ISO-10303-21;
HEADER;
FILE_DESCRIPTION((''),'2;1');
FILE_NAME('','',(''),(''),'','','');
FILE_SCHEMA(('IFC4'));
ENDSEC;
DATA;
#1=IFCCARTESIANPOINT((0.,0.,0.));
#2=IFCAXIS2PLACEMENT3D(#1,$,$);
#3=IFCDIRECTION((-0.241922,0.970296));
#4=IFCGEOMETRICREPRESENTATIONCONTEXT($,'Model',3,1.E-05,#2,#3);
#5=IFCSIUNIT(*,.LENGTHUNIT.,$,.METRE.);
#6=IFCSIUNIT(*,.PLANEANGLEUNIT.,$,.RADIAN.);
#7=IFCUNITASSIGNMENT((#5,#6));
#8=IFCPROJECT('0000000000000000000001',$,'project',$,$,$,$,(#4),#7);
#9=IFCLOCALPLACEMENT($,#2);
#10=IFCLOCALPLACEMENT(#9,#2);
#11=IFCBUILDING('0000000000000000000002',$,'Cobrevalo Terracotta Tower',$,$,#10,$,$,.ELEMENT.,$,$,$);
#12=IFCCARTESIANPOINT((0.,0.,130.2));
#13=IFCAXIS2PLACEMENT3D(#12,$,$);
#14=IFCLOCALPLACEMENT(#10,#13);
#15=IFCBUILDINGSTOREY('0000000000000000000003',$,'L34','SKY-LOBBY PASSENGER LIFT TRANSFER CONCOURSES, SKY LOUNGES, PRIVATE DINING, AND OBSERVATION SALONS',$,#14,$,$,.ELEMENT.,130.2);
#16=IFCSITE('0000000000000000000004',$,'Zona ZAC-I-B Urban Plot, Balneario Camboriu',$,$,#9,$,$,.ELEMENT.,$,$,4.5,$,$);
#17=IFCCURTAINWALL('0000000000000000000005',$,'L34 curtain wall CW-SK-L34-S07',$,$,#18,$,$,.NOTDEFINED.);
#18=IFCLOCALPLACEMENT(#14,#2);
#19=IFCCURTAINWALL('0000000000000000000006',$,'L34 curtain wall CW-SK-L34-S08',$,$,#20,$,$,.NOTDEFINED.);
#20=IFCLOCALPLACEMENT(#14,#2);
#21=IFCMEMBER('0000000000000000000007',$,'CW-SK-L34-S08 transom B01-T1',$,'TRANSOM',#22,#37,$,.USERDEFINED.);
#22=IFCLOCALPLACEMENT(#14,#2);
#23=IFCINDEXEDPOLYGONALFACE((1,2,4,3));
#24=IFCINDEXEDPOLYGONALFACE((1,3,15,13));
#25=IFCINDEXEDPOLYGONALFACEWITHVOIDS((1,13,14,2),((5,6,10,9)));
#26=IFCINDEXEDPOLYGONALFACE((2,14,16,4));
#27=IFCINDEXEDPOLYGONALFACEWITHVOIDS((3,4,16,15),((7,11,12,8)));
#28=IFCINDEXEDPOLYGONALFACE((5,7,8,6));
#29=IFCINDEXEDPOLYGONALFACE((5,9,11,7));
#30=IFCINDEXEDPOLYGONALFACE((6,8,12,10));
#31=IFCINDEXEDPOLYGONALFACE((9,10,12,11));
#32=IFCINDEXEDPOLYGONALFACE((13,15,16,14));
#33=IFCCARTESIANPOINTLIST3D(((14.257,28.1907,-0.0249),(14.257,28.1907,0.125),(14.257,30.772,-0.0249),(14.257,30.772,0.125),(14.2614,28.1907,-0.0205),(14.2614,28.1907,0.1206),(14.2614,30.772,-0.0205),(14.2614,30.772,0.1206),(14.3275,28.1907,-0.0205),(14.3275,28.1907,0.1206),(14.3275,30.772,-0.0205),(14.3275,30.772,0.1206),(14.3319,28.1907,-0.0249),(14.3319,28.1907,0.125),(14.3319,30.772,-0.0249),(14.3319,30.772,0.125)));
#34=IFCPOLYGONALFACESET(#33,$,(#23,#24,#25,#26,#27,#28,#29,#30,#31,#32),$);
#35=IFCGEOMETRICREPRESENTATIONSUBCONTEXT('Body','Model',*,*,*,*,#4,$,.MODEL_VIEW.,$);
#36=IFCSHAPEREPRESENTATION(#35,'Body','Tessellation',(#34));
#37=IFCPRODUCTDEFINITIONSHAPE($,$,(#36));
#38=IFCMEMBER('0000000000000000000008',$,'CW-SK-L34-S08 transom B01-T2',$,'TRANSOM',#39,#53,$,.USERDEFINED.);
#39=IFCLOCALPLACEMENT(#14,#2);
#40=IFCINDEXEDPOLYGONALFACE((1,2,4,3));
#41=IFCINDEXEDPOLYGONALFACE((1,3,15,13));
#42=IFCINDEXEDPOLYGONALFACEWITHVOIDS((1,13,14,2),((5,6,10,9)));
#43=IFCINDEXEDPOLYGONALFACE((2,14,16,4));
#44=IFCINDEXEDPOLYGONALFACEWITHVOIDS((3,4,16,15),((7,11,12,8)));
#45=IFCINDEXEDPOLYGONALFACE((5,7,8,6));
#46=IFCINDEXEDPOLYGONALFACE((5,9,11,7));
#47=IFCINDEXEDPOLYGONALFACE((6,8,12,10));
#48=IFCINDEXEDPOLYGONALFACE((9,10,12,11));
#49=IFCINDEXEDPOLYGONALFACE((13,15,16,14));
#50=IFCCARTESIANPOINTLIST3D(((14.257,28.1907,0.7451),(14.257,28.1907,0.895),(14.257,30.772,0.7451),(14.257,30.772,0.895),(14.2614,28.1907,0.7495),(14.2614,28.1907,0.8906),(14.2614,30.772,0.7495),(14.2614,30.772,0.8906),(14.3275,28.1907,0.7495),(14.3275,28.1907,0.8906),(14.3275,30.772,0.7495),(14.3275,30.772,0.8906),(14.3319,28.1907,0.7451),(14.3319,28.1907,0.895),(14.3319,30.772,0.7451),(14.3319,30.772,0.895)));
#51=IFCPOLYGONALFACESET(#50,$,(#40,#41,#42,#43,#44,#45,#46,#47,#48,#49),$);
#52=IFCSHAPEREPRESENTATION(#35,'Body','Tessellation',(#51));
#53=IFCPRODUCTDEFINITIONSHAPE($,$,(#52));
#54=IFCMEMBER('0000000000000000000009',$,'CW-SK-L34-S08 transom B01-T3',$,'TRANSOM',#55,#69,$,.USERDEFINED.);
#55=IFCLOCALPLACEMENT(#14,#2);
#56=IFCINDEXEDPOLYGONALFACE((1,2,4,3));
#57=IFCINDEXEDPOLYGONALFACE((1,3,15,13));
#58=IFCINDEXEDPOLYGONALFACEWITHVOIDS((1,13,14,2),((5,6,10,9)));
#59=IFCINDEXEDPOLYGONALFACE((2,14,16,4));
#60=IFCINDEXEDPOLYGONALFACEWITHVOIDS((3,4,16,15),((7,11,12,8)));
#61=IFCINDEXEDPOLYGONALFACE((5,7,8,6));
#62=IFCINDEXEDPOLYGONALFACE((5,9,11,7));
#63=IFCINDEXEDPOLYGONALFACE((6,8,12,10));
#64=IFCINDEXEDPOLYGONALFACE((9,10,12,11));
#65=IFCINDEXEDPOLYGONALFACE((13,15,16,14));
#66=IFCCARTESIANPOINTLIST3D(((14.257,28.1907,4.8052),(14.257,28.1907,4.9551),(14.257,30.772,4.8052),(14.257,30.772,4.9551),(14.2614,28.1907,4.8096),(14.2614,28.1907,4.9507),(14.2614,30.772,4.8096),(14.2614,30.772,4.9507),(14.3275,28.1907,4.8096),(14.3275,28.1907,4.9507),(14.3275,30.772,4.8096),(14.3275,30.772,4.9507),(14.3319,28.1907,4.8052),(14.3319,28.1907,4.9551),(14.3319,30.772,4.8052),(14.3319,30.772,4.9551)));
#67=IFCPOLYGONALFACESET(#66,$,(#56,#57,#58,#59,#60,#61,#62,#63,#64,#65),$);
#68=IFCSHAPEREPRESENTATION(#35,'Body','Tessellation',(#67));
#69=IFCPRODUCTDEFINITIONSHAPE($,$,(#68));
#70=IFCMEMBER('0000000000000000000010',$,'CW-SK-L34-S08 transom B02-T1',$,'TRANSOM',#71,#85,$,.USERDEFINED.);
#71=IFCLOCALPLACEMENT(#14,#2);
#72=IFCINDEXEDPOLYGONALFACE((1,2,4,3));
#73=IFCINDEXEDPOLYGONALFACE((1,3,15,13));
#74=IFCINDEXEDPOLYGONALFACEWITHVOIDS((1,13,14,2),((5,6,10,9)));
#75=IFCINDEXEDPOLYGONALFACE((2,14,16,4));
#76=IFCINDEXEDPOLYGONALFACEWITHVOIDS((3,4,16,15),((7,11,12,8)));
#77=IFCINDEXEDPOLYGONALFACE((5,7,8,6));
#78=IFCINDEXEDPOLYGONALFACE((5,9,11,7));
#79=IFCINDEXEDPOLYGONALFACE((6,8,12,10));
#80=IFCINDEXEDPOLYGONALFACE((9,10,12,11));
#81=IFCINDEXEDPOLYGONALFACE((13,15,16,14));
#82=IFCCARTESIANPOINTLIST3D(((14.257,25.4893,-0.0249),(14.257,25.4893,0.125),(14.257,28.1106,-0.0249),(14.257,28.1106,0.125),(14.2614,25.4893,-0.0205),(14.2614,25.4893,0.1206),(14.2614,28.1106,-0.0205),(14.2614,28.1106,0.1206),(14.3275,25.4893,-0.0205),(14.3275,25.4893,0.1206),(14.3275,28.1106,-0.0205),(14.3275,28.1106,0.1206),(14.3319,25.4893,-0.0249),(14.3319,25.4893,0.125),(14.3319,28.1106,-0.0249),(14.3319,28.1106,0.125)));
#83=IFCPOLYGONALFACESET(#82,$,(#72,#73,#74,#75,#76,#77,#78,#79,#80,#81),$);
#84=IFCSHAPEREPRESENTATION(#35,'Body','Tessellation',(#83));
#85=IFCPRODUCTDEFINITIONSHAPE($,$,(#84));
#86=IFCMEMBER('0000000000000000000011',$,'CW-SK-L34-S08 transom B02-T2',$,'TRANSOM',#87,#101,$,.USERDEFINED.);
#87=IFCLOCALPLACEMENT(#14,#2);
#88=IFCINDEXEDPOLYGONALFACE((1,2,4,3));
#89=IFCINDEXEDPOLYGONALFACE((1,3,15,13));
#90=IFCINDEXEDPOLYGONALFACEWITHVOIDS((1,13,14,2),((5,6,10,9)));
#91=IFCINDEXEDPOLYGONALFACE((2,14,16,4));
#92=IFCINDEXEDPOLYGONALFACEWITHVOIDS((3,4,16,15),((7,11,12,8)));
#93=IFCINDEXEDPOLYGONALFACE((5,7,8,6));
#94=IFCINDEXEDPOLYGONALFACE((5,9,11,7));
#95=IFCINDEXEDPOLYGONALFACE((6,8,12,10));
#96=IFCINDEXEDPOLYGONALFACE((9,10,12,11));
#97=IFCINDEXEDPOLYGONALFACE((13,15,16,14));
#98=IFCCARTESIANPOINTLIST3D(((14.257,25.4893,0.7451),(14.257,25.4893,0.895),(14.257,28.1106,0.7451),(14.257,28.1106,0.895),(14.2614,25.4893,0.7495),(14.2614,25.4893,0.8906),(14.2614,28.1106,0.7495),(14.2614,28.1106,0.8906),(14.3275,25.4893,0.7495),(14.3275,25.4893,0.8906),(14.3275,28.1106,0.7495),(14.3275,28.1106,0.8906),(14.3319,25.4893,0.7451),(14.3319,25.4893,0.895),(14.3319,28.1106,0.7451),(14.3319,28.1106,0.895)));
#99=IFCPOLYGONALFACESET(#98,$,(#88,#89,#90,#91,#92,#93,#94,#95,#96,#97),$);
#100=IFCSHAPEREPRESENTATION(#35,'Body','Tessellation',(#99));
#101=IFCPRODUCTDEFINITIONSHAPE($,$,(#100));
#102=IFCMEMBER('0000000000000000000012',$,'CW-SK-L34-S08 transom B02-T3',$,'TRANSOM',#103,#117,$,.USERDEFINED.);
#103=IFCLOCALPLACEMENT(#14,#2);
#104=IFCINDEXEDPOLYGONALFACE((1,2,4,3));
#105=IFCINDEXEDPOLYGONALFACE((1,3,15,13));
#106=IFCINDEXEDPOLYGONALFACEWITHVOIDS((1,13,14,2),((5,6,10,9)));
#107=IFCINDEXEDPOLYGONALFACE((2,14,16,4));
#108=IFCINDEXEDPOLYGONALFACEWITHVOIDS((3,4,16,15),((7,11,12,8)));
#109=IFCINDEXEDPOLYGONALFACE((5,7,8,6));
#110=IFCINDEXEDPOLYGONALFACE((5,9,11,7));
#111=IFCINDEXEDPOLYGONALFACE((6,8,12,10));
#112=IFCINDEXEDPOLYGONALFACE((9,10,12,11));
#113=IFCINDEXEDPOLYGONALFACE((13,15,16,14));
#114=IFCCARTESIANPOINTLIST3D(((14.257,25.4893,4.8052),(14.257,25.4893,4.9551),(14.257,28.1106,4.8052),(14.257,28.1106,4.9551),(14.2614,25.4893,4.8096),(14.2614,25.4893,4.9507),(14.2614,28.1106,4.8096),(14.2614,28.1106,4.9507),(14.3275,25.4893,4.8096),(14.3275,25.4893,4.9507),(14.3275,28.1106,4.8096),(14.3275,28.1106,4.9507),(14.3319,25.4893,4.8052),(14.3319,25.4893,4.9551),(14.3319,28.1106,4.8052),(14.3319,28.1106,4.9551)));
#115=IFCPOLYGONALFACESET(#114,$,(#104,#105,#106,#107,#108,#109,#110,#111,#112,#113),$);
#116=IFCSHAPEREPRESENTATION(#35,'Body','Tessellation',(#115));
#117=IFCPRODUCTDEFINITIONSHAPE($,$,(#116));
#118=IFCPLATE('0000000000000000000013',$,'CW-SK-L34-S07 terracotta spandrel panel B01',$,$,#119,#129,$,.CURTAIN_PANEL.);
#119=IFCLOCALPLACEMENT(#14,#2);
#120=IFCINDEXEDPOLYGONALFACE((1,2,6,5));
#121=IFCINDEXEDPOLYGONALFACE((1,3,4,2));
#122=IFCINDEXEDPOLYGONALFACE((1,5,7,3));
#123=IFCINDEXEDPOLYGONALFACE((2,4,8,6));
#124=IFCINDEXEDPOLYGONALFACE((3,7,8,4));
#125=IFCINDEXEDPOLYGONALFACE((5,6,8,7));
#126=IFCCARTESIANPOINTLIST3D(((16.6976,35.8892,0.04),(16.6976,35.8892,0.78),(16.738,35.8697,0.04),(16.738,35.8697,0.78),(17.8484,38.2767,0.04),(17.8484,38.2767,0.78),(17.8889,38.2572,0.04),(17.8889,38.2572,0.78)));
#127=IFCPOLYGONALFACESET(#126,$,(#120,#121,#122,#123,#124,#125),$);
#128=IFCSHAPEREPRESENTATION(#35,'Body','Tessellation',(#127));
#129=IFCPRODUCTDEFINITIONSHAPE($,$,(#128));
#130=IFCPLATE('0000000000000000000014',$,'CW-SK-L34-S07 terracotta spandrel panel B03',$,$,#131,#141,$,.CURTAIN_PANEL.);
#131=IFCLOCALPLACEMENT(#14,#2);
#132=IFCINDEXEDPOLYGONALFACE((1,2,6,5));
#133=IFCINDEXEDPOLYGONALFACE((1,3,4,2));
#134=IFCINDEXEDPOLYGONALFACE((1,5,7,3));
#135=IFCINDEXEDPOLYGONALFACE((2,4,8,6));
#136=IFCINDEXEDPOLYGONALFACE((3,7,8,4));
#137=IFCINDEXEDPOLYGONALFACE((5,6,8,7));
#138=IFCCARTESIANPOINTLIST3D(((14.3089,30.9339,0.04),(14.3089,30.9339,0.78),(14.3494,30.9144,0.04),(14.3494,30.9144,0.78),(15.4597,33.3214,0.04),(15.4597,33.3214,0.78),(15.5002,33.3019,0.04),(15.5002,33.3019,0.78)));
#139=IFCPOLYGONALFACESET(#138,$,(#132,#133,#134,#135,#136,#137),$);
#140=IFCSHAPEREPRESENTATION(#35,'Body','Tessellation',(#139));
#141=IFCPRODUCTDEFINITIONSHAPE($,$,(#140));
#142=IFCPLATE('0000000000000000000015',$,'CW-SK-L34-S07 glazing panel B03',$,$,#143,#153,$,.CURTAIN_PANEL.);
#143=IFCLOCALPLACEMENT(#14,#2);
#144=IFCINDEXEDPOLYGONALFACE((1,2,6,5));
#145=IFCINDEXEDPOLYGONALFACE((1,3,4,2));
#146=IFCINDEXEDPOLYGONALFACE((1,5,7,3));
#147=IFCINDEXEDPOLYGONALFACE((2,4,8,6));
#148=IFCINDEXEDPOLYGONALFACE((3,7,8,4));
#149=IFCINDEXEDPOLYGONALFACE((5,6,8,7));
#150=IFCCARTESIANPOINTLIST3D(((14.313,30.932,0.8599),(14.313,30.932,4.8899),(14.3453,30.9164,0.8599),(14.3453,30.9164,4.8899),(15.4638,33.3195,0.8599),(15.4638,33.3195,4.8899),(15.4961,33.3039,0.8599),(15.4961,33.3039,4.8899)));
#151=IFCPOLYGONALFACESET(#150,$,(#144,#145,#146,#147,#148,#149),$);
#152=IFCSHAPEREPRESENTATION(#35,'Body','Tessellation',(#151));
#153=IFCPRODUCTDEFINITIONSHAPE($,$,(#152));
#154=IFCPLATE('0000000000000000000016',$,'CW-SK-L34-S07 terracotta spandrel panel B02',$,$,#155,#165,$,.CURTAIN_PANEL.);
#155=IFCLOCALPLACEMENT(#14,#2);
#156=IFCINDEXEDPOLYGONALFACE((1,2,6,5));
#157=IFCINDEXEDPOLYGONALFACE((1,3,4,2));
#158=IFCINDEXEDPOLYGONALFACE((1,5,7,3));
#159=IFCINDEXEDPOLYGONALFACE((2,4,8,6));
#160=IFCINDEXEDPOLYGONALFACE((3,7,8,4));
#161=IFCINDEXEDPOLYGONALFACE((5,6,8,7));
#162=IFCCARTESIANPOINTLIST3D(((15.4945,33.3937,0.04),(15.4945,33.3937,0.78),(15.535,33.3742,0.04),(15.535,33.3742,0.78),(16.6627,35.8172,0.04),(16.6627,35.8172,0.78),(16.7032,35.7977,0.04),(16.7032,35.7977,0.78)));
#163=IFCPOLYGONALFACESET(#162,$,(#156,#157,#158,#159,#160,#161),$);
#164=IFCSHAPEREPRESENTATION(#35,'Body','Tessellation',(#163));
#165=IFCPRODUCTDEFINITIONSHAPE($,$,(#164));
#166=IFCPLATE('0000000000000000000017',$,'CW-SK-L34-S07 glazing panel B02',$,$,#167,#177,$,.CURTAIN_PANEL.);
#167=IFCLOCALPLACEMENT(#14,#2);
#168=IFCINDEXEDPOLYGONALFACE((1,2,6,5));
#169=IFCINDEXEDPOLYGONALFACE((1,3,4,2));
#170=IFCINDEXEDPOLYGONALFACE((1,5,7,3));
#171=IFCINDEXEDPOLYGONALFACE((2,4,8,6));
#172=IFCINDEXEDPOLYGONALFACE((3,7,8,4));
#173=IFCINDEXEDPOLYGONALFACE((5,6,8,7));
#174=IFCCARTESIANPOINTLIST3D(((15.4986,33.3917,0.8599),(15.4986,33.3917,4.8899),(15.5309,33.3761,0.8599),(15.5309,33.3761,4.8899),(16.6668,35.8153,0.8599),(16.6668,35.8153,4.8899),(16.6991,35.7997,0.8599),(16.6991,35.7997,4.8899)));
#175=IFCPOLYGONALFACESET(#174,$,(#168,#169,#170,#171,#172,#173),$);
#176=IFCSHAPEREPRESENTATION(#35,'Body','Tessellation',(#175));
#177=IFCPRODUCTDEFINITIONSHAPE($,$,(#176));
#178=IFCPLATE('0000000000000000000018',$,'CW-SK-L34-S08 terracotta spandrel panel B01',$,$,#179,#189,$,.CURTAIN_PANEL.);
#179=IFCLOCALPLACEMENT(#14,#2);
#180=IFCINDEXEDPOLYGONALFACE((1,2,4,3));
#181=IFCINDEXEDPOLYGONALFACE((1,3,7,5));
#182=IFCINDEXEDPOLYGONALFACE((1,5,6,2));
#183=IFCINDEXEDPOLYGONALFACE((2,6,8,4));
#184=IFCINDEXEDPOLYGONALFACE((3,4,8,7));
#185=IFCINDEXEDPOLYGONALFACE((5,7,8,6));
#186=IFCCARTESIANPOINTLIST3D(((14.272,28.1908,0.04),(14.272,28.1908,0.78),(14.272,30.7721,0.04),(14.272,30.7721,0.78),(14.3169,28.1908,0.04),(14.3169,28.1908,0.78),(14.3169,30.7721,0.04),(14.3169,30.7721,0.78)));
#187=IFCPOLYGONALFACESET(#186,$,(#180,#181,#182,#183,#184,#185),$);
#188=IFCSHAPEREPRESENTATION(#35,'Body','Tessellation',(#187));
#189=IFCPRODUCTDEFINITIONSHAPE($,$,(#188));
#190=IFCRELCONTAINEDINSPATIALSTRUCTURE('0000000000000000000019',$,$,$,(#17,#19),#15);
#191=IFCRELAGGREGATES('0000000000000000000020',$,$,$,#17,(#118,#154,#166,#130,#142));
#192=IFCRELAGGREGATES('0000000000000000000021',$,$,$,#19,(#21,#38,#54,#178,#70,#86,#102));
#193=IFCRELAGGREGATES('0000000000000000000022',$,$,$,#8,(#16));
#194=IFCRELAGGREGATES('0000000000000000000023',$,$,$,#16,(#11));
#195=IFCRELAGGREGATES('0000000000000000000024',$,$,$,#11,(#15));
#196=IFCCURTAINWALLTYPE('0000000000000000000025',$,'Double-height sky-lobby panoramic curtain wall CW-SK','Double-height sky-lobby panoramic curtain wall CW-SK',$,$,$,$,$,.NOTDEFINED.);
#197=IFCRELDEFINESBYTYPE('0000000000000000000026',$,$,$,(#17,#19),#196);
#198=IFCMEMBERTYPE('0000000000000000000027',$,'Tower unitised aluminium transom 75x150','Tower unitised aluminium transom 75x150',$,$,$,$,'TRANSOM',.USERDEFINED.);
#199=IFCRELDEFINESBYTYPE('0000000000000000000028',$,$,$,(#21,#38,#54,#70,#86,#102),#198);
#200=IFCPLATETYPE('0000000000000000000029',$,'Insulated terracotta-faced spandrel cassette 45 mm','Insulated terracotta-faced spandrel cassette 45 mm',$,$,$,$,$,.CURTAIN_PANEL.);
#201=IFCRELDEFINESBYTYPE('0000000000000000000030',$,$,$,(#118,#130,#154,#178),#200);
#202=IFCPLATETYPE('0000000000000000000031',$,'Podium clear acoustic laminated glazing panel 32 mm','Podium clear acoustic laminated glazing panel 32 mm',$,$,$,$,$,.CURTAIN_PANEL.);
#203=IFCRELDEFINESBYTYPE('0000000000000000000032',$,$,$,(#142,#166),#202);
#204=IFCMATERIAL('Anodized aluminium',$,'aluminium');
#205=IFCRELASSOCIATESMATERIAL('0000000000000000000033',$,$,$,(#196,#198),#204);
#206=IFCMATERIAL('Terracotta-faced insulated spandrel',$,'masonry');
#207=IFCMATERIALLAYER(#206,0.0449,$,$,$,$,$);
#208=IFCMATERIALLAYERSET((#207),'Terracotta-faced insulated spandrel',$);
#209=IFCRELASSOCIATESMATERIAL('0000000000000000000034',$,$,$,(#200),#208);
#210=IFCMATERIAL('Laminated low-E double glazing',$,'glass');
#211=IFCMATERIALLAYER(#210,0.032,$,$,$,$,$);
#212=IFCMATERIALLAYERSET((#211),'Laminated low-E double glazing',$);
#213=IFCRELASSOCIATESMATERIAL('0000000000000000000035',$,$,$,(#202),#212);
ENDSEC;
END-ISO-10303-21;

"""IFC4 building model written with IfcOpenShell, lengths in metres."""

from ifc_helpers import new_model, si_unit, direction, frame, origin, origin_2d, place, context, subcontext, project, spatial, rectangle, hollow_rectangle, extrude, source, transform, mapped, material, layer, layer_set, material_profile, profile_set, type_object, element, aggregate, save


model = new_model("IFC4")

# Units and contexts
model_context = context("Model", 3, precision=1e-05, world=origin(), true_north=direction((-0.241922, 0.970296)))
body_context = subcontext(model_context, "Body", "Model", "MODEL_VIEW")
ifc_project = project(units=[si_unit("LENGTHUNIT", "METRE"), si_unit("PLANEANGLEUNIT", "RADIAN")], contexts=[model_context])

# Site, building, storey
site_placement = place(None, origin())
site = spatial("IfcSite", under=ifc_project, at=site_placement, Name="Zona ZAC-I-B Urban Plot, Balneario Camboriu", CompositionType="ELEMENT", RefElevation=4.5)
building_placement = place(site_placement, origin())
building = spatial("IfcBuilding", under=site, at=building_placement, Name="Cobrevalo Terracotta Tower", CompositionType="ELEMENT")
storey_placement = place(building_placement, frame((0.0, 0.0, 130.2)))
storey = spatial("IfcBuildingStorey", under=building, at=storey_placement, Name="L34", Description="SKY-LOBBY PASSENGER LIFT TRANSFER CONCOURSES, SKY LOUNGES, PRIVATE DINING, AND OBSERVATION SALONS", CompositionType="ELEMENT", Elevation=130.2)

# Curtain walls
ifc_material_1 = material(Name="Anodized aluminium", Category="aluminium")
curtain_wall_type = type_object("IfcCurtainWallType", Name="Double-height sky-lobby panoramic curtain wall CW-SK", Description="Double-height sky-lobby panoramic curtain wall CW-SK", PredefinedType="NOTDEFINED", material=ifc_material_1)
curtain_wall_1_placement = place(storey_placement, origin())
curtain_wall_1 = element("IfcCurtainWall", 1, at=curtain_wall_1_placement, inside=storey, type_object=curtain_wall_type, Name="L34 curtain wall CW-SK-L34-S07", PredefinedType="NOTDEFINED")
curtain_wall_2_placement = place(storey_placement, origin())
curtain_wall_2 = element("IfcCurtainWall", 2, at=curtain_wall_2_placement, inside=storey, type_object=curtain_wall_type, Name="L34 curtain wall CW-SK-L34-S08", PredefinedType="NOTDEFINED")

# Members
ifc_material_profile_1 = material_profile(ifc_material_1, hollow_rectangle(XDim=0.075, YDim=0.1499, WallThickness=0.0044, at=origin_2d()), Name="CWT 75x150")
ifc_profile_set_1 = profile_set([ifc_material_profile_1], Name="Anodized aluminium")
member_type_1 = type_object("IfcMemberType", Name="Tower unitised aluminium transom 75x150", Description="Tower unitised aluminium transom 75x150", ElementType="TRANSOM", PredefinedType="USERDEFINED", material=ifc_profile_set_1)
shared_shape_1 = source(origin(), body_context, "Body", "SweptSolid", [
    extrude(hollow_rectangle(XDim=0.075, YDim=0.1499, WallThickness=0.0044, at=origin_2d()), origin(), (0.0, 0.0, 1.0), 2.5813),
])
member_1_placement = place(storey_placement, frame((14.2944, 30.772, 0.05), z_axis=(0.0, -1.0, 0.0), x_axis=(1.0, 0.0, 0.0)))
member_1 = element("IfcMember", 3, at=member_1_placement, type_object=member_type_1, Name="CW-SK-L34-S08 transom B01-T1", ObjectType="TRANSOM", PredefinedType="USERDEFINED", context=body_context, shape_type="MappedRepresentation", body=[
    mapped(shared_shape_1, transform((0.0, 0.0, 0.0), scale=1.0)),
])
member_2_placement = place(storey_placement, frame((14.2944, 30.772, 0.8201), z_axis=(0.0, -1.0, 0.0), x_axis=(1.0, 0.0, 0.0)))
member_2 = element("IfcMember", 4, at=member_2_placement, type_object=member_type_1, Name="CW-SK-L34-S08 transom B01-T2", ObjectType="TRANSOM", PredefinedType="USERDEFINED", context=body_context, shape_type="MappedRepresentation", body=[
    mapped(shared_shape_1, transform((0.0, 0.0, 0.0), scale=1.0)),
])
member_3_placement = place(storey_placement, frame((14.2944, 30.772, 4.8801), z_axis=(0.0, -1.0, 0.0), x_axis=(1.0, 0.0, 0.0)))
member_3 = element("IfcMember", 5, at=member_3_placement, type_object=member_type_1, Name="CW-SK-L34-S08 transom B01-T3", ObjectType="TRANSOM", PredefinedType="USERDEFINED", context=body_context, shape_type="MappedRepresentation", body=[
    mapped(shared_shape_1, transform((0.0, 0.0, 0.0), scale=1.0)),
])
shared_shape_2 = source(origin(), body_context, "Body", "SweptSolid", [
    extrude(hollow_rectangle(XDim=0.075, YDim=0.1499, WallThickness=0.0044, at=origin_2d()), origin(), (0.0, 0.0, 1.0), 2.6213),
])
member_4_placement = place(storey_placement, frame((14.2944, 28.1106, 0.05), z_axis=(0.0, -1.0, 0.0), x_axis=(1.0, 0.0, 0.0)))
member_4 = element("IfcMember", 6, at=member_4_placement, type_object=member_type_1, Name="CW-SK-L34-S08 transom B02-T1", ObjectType="TRANSOM", PredefinedType="USERDEFINED", context=body_context, shape_type="MappedRepresentation", body=[
    mapped(shared_shape_2, transform((0.0, 0.0, 0.0), scale=1.0)),
])
member_5_placement = place(storey_placement, frame((14.2944, 28.1106, 0.8201), z_axis=(0.0, -1.0, 0.0), x_axis=(1.0, 0.0, 0.0)))
member_5 = element("IfcMember", 7, at=member_5_placement, type_object=member_type_1, Name="CW-SK-L34-S08 transom B02-T2", ObjectType="TRANSOM", PredefinedType="USERDEFINED", context=body_context, shape_type="MappedRepresentation", body=[
    mapped(shared_shape_2, transform((0.0, 0.0, 0.0), scale=1.0)),
])
member_6_placement = place(storey_placement, frame((14.2944, 28.1106, 4.8801), z_axis=(0.0, -1.0, 0.0), x_axis=(1.0, 0.0, 0.0)))
member_6 = element("IfcMember", 8, at=member_6_placement, type_object=member_type_1, Name="CW-SK-L34-S08 transom B02-T3", ObjectType="TRANSOM", PredefinedType="USERDEFINED", context=body_context, shape_type="MappedRepresentation", body=[
    mapped(shared_shape_2, transform((0.0, 0.0, 0.0), scale=1.0)),
])

# Plates
ifc_material_2 = material(Name="Terracotta-faced insulated spandrel", Category="masonry")
ifc_layer_1 = layer(ifc_material_2, 0.0449)
ifc_layer_set_1 = layer_set([ifc_layer_1], Name="Terracotta-faced insulated spandrel")
plate_type_1 = type_object("IfcPlateType", Name="Insulated terracotta-faced spandrel cassette 45 mm", Description="Insulated terracotta-faced spandrel cassette 45 mm", PredefinedType="CURTAIN_PANEL", material=ifc_layer_set_1)
shared_shape_3 = source(origin(), body_context, "Body", "SweptSolid", [
    extrude(rectangle(XDim=2.6504, YDim=0.0449, at=origin_2d()), origin(), (0.0, 0.0, 1.0), 0.74),
])
plate_1_placement = place(storey_placement, frame((17.2932, 37.0732, 0.04), z_axis=(0.0, 0.0, 1.0), x_axis=(-0.434209, -0.900812, 0.0)))
plate_1 = element("IfcPlate", 9, at=plate_1_placement, type_object=plate_type_1, Name="CW-SK-L34-S07 terracotta spandrel panel B01", PredefinedType="CURTAIN_PANEL", context=body_context, shape_type="MappedRepresentation", body=[
    mapped(shared_shape_3, transform((0.0, 0.0, 0.0), scale=1.0)),
])
plate_2_placement = place(storey_placement, frame((14.9045, 32.1179, 0.04), z_axis=(0.0, 0.0, 1.0), x_axis=(-0.434209, -0.900812, 0.0)))
plate_2 = element("IfcPlate", 10, at=plate_2_placement, type_object=plate_type_1, Name="CW-SK-L34-S07 terracotta spandrel panel B03", PredefinedType="CURTAIN_PANEL", context=body_context, shape_type="MappedRepresentation", body=[
    mapped(shared_shape_3, transform((0.0, 0.0, 0.0), scale=1.0)),
])
ifc_material_3 = material(Name="Laminated low-E double glazing", Category="glass")
ifc_layer_2 = layer(ifc_material_3, 0.032)
ifc_layer_set_2 = layer_set([ifc_layer_2], Name="Laminated low-E double glazing")
plate_type_2 = type_object("IfcPlateType", Name="Podium clear acoustic laminated glazing panel 32 mm", Description="Podium clear acoustic laminated glazing panel 32 mm", PredefinedType="CURTAIN_PANEL", material=ifc_layer_set_2)
shared_shape_4 = source(origin(), body_context, "Body", "SweptSolid", [
    extrude(rectangle(XDim=2.6504, YDim=0.0359, at=origin_2d()), origin(), (0.0, 0.0, 1.0), 4.03),
])
plate_3_placement = place(storey_placement, frame((14.9045, 32.1179, 0.8599), z_axis=(0.0, 0.0, 1.0), x_axis=(-0.434209, -0.900812, 0.0)))
plate_3 = element("IfcPlate", 11, at=plate_3_placement, type_object=plate_type_2, Name="CW-SK-L34-S07 glazing panel B03", PredefinedType="CURTAIN_PANEL", context=body_context, shape_type="MappedRepresentation", body=[
    mapped(shared_shape_4, transform((0.0, 0.0, 0.0), scale=1.0)),
])
shared_shape_5 = source(origin(), body_context, "Body", "SweptSolid", [
    extrude(rectangle(XDim=2.6904, YDim=0.0449, at=origin_2d()), origin(), (0.0, 0.0, 1.0), 0.74),
])
plate_4_placement = place(storey_placement, frame((16.0989, 34.5957, 0.04), z_axis=(0.0, 0.0, 1.0), x_axis=(-0.434209, -0.900812, 0.0)))
plate_4 = element("IfcPlate", 12, at=plate_4_placement, type_object=plate_type_1, Name="CW-SK-L34-S07 terracotta spandrel panel B02", PredefinedType="CURTAIN_PANEL", context=body_context, shape_type="MappedRepresentation", body=[
    mapped(shared_shape_5, transform((0.0, 0.0, 0.0), scale=1.0)),
])
shared_shape_6 = source(origin(), body_context, "Body", "SweptSolid", [
    extrude(rectangle(XDim=2.6904, YDim=0.0359, at=origin_2d()), origin(), (0.0, 0.0, 1.0), 4.03),
])
plate_5_placement = place(storey_placement, frame((16.0989, 34.5957, 0.8599), z_axis=(0.0, 0.0, 1.0), x_axis=(-0.434209, -0.900812, 0.0)))
plate_5 = element("IfcPlate", 13, at=plate_5_placement, type_object=plate_type_2, Name="CW-SK-L34-S07 glazing panel B02", PredefinedType="CURTAIN_PANEL", context=body_context, shape_type="MappedRepresentation", body=[
    mapped(shared_shape_6, transform((0.0, 0.0, 0.0), scale=1.0)),
])
aggregate(curtain_wall_1, [plate_1, plate_4, plate_5, plate_2, plate_3])
shared_shape_7 = source(origin(), body_context, "Body", "SweptSolid", [
    extrude(rectangle(XDim=2.5813, YDim=0.0449, at=origin_2d()), origin(), (0.0, 0.0, 1.0), 0.74),
])
plate_6_placement = place(storey_placement, frame((14.2944, 29.4814, 0.04), z_axis=(0.0, 0.0, 1.0), x_axis=(0.0, -1.0, 0.0)))
plate_6 = element("IfcPlate", 14, at=plate_6_placement, type_object=plate_type_1, Name="CW-SK-L34-S08 terracotta spandrel panel B01", PredefinedType="CURTAIN_PANEL", context=body_context, shape_type="MappedRepresentation", body=[
    mapped(shared_shape_7, transform((0.0, 0.0, 0.0), scale=1.0)),
])
aggregate(curtain_wall_2, [member_1, member_2, member_3, plate_6, member_4, member_5, member_6])

save(model, "model.ifc")
